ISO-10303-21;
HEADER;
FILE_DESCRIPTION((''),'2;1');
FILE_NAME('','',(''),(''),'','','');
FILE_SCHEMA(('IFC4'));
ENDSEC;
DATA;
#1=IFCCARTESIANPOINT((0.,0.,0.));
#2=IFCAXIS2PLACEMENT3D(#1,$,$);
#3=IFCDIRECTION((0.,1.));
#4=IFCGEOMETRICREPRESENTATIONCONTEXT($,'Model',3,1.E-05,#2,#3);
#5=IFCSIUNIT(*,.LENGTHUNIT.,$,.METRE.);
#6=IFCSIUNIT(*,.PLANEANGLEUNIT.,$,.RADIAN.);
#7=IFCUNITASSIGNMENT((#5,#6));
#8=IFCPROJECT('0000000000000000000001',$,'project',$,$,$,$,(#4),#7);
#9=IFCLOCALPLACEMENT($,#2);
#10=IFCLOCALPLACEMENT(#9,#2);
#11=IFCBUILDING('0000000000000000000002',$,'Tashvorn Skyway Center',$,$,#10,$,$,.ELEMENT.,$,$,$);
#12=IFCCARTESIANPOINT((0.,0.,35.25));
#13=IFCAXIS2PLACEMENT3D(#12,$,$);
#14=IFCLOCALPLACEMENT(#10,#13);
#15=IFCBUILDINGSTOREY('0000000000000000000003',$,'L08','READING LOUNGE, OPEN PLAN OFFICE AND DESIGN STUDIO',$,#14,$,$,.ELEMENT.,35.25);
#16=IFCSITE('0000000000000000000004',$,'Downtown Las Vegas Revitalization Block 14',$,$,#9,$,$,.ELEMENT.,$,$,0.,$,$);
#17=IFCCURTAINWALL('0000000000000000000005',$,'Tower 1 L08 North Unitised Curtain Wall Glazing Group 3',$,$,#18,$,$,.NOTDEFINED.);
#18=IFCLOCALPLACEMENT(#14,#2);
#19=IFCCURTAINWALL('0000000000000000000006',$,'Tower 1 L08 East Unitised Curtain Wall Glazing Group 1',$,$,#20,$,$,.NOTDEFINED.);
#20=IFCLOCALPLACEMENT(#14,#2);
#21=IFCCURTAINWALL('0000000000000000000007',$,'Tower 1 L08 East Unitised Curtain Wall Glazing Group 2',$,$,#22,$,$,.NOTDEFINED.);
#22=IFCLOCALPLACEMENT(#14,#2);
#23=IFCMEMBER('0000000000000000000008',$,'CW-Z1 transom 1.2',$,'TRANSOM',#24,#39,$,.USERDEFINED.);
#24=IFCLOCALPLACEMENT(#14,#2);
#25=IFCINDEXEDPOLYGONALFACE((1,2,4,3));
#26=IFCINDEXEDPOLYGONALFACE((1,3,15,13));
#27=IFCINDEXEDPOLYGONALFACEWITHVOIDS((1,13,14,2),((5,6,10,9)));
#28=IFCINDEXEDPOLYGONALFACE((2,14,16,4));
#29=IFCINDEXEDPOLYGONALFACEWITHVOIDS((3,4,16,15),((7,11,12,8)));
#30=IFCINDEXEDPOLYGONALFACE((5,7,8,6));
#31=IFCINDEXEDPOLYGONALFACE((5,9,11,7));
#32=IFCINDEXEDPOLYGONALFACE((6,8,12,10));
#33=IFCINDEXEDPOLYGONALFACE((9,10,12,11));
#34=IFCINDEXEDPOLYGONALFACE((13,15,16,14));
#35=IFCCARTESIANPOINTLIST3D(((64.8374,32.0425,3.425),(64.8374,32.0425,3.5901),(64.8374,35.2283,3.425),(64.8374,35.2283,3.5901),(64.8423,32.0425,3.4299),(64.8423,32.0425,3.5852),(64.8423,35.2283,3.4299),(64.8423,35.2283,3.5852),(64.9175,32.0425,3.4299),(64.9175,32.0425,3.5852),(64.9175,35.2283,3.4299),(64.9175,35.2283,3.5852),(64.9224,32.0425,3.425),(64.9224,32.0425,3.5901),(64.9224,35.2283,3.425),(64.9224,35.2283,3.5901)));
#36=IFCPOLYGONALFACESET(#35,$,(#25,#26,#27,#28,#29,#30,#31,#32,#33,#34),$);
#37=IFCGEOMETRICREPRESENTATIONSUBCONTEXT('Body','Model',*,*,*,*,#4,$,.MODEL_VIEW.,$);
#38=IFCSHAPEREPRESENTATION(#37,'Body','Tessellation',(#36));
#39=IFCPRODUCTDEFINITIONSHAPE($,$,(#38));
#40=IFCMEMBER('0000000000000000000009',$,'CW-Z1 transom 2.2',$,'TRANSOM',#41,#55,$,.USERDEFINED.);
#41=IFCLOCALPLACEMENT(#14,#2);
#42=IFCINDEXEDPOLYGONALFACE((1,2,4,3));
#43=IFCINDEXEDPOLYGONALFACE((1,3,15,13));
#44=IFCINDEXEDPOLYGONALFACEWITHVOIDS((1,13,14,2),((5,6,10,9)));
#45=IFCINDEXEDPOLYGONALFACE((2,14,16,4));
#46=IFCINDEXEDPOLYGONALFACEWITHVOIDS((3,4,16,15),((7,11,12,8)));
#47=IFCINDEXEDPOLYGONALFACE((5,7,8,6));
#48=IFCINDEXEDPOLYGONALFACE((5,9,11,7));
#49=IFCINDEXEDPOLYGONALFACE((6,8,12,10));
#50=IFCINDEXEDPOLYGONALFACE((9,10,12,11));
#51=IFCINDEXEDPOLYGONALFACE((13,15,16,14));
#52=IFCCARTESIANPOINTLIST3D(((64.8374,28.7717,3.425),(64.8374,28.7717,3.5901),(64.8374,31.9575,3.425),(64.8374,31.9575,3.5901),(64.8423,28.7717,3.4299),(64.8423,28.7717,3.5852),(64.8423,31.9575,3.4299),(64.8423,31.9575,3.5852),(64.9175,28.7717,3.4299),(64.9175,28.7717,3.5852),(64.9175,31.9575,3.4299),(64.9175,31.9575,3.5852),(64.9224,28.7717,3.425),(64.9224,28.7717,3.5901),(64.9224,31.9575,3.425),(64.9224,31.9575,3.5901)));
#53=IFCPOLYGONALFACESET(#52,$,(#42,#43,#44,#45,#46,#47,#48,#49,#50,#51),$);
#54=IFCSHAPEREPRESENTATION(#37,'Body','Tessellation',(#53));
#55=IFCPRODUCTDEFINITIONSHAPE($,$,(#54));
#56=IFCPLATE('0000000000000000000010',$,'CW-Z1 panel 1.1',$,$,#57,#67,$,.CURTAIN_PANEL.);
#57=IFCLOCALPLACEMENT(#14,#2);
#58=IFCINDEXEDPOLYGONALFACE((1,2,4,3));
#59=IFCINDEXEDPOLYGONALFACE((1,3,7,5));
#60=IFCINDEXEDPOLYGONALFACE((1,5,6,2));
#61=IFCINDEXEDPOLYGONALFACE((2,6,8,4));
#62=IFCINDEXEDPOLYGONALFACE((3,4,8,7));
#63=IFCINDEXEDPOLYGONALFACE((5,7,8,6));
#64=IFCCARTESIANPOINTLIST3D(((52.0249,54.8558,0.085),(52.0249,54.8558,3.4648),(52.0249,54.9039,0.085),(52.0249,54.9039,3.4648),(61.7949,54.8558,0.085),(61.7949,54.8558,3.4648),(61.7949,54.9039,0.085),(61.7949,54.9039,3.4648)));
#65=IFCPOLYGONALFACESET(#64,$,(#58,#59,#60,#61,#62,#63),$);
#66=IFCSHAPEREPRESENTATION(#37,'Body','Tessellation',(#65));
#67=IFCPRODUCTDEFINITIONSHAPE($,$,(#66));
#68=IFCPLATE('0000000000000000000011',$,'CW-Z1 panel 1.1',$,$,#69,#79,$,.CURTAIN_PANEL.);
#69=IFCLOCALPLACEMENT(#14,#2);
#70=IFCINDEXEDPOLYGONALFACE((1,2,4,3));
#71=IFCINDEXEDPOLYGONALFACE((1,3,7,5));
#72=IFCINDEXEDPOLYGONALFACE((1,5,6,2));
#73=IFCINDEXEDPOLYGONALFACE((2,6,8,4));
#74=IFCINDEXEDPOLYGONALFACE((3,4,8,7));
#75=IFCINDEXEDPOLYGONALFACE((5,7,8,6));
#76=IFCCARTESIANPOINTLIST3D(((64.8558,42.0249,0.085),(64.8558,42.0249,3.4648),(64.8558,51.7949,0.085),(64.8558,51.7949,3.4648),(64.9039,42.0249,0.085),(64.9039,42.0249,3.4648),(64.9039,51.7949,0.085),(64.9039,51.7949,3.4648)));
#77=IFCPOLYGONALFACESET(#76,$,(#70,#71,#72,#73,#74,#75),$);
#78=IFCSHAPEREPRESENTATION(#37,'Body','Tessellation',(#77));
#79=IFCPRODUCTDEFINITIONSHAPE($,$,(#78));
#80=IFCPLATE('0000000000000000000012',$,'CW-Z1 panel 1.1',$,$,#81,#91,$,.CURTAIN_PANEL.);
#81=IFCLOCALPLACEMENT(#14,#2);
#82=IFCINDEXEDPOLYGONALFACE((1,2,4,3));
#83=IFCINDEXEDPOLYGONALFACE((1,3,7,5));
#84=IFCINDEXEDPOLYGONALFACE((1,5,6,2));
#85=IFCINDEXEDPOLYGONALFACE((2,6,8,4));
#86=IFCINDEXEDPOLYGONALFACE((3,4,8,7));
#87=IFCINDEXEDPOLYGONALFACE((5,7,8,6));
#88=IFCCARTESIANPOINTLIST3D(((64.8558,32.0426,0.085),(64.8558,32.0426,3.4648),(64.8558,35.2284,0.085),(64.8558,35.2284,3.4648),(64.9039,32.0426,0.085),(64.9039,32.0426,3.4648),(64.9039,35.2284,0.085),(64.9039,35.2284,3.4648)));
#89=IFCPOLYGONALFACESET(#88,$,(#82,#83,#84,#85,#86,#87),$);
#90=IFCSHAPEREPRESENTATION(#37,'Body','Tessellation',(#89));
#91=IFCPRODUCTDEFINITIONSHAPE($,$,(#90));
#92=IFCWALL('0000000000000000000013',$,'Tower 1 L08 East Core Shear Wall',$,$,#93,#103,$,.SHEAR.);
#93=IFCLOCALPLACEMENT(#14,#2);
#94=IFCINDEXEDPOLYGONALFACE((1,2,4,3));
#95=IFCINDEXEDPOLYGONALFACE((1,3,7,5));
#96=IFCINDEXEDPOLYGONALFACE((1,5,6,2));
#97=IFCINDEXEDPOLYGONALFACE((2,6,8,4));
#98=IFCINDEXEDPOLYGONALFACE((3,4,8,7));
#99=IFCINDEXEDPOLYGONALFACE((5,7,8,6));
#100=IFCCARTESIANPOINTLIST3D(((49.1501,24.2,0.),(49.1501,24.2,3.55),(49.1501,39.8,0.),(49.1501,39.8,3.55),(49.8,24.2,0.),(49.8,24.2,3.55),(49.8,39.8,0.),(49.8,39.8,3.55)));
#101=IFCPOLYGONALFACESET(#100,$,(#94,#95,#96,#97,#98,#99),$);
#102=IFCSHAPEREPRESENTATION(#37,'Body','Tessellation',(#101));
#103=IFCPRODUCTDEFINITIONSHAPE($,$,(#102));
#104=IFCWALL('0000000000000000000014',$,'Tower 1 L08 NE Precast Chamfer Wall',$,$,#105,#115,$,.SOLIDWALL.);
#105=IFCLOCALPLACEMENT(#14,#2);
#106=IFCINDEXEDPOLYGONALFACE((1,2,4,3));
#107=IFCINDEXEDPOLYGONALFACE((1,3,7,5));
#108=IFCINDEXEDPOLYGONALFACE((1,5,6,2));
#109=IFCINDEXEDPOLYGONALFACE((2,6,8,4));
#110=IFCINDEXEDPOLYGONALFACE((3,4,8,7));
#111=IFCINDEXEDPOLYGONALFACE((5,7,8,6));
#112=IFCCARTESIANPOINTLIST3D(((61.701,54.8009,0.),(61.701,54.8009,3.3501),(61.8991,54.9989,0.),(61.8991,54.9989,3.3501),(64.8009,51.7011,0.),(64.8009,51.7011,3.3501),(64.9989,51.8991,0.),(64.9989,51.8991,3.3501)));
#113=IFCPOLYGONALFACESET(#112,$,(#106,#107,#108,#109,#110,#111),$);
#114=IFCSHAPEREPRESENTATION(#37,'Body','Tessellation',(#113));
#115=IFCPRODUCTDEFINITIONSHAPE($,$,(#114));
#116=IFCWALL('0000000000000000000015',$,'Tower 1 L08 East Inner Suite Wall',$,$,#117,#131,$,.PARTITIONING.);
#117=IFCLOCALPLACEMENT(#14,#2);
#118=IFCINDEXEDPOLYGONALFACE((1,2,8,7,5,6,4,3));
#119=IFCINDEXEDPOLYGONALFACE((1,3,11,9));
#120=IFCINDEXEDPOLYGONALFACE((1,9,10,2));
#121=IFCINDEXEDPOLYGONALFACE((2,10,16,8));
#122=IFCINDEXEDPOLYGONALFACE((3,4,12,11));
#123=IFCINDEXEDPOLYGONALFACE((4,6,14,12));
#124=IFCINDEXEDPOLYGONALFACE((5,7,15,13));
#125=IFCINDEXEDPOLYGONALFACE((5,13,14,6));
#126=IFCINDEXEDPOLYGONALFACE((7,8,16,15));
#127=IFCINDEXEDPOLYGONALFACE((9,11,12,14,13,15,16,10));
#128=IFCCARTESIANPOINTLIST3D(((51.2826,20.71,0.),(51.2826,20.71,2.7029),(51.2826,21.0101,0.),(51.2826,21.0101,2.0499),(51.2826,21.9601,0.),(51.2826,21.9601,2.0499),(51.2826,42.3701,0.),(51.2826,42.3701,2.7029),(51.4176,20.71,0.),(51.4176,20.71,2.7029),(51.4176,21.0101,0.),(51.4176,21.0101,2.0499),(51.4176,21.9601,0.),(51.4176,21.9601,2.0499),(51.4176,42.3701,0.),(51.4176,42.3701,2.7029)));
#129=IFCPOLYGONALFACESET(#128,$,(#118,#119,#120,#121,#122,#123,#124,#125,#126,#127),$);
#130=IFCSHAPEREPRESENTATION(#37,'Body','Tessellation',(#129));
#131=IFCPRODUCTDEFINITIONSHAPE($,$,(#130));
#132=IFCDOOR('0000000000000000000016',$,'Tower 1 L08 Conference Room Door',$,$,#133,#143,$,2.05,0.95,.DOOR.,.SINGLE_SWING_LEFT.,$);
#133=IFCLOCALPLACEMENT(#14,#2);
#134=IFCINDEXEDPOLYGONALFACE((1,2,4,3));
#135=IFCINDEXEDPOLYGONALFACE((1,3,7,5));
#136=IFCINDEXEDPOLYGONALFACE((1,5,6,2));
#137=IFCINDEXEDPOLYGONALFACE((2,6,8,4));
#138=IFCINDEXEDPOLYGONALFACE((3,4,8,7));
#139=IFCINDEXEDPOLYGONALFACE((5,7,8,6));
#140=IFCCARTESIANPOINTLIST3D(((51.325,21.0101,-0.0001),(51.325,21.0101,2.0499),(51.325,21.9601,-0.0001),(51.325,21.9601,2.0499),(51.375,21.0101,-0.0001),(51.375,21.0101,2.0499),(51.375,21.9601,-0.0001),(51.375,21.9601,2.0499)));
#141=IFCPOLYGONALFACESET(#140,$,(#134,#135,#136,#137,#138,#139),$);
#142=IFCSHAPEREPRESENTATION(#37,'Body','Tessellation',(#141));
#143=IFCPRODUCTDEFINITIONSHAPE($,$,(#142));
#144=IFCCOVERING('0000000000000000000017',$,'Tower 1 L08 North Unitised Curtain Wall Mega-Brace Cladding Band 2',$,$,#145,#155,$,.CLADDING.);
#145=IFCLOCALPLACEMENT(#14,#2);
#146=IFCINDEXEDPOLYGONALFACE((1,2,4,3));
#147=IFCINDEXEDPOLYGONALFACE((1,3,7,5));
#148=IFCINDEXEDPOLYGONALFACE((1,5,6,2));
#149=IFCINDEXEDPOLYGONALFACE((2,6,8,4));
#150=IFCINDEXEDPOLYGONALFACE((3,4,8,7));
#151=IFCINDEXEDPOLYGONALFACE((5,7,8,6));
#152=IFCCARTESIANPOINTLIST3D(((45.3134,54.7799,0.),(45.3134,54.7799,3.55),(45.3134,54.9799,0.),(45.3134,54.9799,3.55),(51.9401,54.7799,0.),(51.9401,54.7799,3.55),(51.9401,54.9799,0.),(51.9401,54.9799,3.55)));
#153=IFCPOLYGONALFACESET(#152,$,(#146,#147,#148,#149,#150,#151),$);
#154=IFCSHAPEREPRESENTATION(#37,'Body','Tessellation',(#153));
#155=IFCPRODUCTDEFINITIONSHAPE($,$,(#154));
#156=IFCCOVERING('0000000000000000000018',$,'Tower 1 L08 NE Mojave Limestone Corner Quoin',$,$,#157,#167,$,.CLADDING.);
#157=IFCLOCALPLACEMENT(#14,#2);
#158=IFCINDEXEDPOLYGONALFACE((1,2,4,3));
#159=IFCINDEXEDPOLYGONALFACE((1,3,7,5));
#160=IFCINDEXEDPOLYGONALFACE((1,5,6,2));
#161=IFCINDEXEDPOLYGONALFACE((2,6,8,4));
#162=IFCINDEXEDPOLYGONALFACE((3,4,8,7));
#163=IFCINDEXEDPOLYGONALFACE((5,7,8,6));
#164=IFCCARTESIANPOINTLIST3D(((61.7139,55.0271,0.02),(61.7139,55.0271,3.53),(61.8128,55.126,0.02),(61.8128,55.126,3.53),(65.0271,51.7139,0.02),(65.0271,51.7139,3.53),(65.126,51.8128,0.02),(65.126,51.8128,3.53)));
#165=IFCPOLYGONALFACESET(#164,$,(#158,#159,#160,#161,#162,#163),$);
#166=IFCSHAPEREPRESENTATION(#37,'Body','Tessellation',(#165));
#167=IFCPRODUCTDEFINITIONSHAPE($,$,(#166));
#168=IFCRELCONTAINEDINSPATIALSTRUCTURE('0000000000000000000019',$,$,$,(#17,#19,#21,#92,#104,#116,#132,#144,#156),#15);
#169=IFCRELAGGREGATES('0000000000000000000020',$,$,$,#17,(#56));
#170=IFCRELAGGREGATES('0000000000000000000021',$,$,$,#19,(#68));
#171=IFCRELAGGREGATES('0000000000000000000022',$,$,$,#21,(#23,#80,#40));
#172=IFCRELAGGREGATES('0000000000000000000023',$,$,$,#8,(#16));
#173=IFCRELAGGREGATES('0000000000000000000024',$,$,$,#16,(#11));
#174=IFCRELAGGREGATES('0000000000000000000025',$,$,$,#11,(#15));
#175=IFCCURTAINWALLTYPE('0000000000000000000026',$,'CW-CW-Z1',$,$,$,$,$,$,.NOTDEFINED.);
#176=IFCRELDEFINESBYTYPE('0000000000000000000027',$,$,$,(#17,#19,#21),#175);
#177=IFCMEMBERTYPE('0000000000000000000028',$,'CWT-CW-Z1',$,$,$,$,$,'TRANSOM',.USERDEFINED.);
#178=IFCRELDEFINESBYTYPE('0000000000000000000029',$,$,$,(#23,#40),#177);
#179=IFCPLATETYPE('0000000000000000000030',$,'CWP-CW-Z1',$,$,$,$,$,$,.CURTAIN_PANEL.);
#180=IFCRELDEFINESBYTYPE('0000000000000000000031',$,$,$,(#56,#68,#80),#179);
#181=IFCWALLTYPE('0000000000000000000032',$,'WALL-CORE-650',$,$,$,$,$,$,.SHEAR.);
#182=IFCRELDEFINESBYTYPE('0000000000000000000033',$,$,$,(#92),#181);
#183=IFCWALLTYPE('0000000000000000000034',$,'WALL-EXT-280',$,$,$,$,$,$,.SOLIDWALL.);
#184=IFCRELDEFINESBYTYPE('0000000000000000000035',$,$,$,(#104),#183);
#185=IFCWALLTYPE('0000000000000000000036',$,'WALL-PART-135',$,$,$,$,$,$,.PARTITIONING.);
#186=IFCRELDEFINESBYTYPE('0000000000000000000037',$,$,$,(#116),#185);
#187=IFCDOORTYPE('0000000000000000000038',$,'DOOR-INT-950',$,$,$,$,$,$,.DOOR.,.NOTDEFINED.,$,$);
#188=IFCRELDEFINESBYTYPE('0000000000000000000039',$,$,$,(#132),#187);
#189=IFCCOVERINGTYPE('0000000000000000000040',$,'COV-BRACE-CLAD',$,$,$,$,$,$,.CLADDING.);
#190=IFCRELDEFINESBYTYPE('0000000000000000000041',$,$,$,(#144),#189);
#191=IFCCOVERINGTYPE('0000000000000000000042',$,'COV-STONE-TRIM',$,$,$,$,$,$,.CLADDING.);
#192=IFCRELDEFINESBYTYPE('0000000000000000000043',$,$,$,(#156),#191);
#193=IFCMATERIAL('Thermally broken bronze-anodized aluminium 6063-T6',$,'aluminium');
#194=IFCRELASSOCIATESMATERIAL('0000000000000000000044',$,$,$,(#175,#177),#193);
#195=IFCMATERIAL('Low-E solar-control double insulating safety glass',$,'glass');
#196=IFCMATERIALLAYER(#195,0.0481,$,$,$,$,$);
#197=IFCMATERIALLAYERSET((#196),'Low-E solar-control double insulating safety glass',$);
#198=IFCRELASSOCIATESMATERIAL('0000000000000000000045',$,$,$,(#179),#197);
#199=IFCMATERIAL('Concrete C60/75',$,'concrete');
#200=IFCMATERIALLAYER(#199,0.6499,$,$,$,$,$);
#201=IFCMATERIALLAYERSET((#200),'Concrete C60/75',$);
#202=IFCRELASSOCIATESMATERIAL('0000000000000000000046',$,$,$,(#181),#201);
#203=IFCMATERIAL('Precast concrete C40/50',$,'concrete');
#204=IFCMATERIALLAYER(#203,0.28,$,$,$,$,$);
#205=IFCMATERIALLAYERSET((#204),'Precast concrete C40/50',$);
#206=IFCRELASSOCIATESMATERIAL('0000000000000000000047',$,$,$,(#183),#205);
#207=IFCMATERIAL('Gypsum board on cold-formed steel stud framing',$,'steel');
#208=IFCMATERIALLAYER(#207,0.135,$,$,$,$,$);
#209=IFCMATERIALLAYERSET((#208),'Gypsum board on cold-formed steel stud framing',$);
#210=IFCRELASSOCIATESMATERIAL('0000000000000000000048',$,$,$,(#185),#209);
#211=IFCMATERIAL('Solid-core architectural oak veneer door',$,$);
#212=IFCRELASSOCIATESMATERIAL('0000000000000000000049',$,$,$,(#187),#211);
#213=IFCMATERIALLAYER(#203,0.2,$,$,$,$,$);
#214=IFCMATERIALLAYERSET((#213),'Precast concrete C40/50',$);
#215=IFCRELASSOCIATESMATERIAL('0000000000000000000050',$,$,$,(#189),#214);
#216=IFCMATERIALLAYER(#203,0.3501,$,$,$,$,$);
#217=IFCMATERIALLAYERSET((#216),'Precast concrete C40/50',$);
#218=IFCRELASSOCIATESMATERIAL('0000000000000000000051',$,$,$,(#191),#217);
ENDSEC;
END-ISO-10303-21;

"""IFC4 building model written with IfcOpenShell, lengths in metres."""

from ifc_helpers import new_model, si_unit, direction, frame, frame_2d, origin, origin_2d, place, context, subcontext, project, spatial, rectangle, hollow_rectangle, extrude, material, layer, layer_set, material_profile, profile_set, type_object, element, fill, aggregate, save


model = new_model("IFC4")

# Units and contexts
model_context = context("Model", 3, precision=1e-05, world=origin(), true_north=direction((0.0, 1.0)))
body_context = subcontext(model_context, "Body", "Model", "MODEL_VIEW")
ifc_project = project(units=[si_unit("LENGTHUNIT", "METRE"), si_unit("PLANEANGLEUNIT", "RADIAN")], contexts=[model_context])

# Site, building, storey
site_placement = place(None, origin())
site = spatial("IfcSite", under=ifc_project, at=site_placement, Name="Downtown Las Vegas Revitalization Block 14", CompositionType="ELEMENT", RefElevation=0.0)
building_placement = place(site_placement, origin())
building = spatial("IfcBuilding", under=site, at=building_placement, Name="Tashvorn Skyway Center", CompositionType="ELEMENT")
storey_placement = place(building_placement, frame((0.0, 0.0, 35.25)))
storey = spatial("IfcBuildingStorey", under=building, at=storey_placement, Name="L08", Description="READING LOUNGE, OPEN PLAN OFFICE AND DESIGN STUDIO", CompositionType="ELEMENT", Elevation=35.25)

# Curtain walls
ifc_material_1 = material(Name="Thermally broken bronze-anodized aluminium 6063-T6", Category="aluminium")
curtain_wall_type = type_object("IfcCurtainWallType", Name="CW-CW-Z1", PredefinedType="NOTDEFINED", material=ifc_material_1)
curtain_wall_1_placement = place(storey_placement, origin())
curtain_wall_1 = element("IfcCurtainWall", 1, at=curtain_wall_1_placement, inside=storey, type_object=curtain_wall_type, Name="Tower 1 L08 North Unitised Curtain Wall Glazing Group 3", PredefinedType="NOTDEFINED")
curtain_wall_2_placement = place(storey_placement, origin())
curtain_wall_2 = element("IfcCurtainWall", 2, at=curtain_wall_2_placement, inside=storey, type_object=curtain_wall_type, Name="Tower 1 L08 East Unitised Curtain Wall Glazing Group 1", PredefinedType="NOTDEFINED")
curtain_wall_3_placement = place(storey_placement, origin())
curtain_wall_3 = element("IfcCurtainWall", 3, at=curtain_wall_3_placement, inside=storey, type_object=curtain_wall_type, Name="Tower 1 L08 East Unitised Curtain Wall Glazing Group 2", PredefinedType="NOTDEFINED")

# Members
ifc_material_profile_1 = material_profile(ifc_material_1, hollow_rectangle(XDim=0.085, YDim=0.165, WallThickness=0.0049, at=origin_2d()), Name="ALU-TRAN-85x165")
ifc_profile_set_1 = profile_set([ifc_material_profile_1], Name="Thermally broken bronze-anodized aluminium 6063-T6")
member_type_1 = type_object("IfcMemberType", Name="CWT-CW-Z1", ElementType="TRANSOM", PredefinedType="USERDEFINED", material=ifc_profile_set_1)
member_1_placement = place(storey_placement, frame((64.8799, 35.2283, 3.5076), z_axis=(0.0, -1.0, 0.0), x_axis=(1.0, 0.0, 0.0)))
member_1 = element("IfcMember", 4, at=member_1_placement, type_object=member_type_1, Name="CW-Z1 transom 1.2", ObjectType="TRANSOM", PredefinedType="USERDEFINED", context=body_context, shape_type="SweptSolid", body=[
    extrude(hollow_rectangle(XDim=0.085, YDim=0.165, WallThickness=0.0049, at=origin_2d()), origin(), (0.0, 0.0, 1.0), 3.1858),
])
member_2_placement = place(storey_placement, frame((64.8799, 31.9575, 3.5076), z_axis=(0.0, -1.0, 0.0), x_axis=(1.0, 0.0, 0.0)))
member_2 = element("IfcMember", 5, at=member_2_placement, type_object=member_type_1, Name="CW-Z1 transom 2.2", ObjectType="TRANSOM", PredefinedType="USERDEFINED", context=body_context, shape_type="SweptSolid", body=[
    extrude(hollow_rectangle(XDim=0.085, YDim=0.165, WallThickness=0.0049, at=origin_2d()), origin(), (0.0, 0.0, 1.0), 3.1858),
])

# Plates
ifc_material_2 = material(Name="Low-E solar-control double insulating safety glass", Category="glass")
ifc_layer_1 = layer(ifc_material_2, 0.0481)
ifc_layer_set_1 = layer_set([ifc_layer_1], Name="Low-E solar-control double insulating safety glass")
plate_type = type_object("IfcPlateType", Name="CWP-CW-Z1", PredefinedType="CURTAIN_PANEL", material=ifc_layer_set_1)
plate_1_placement = place(storey_placement, frame((56.9099, 54.8799, 0.085), z_axis=(0.0, 0.0, 1.0), x_axis=(1.0, 0.0, 0.0)))
plate_1 = element("IfcPlate", 6, at=plate_1_placement, type_object=plate_type, Name="CW-Z1 panel 1.1", PredefinedType="CURTAIN_PANEL", context=body_context, shape_type="SweptSolid", body=[
    extrude(rectangle(XDim=9.77, YDim=0.0481, at=origin_2d()), origin(), (0.0, 0.0, 1.0), 3.3799),
])
aggregate(curtain_wall_1, [plate_1])
plate_2_placement = place(storey_placement, frame((64.8799, 46.9099, 0.085), z_axis=(0.0, 0.0, 1.0), x_axis=(0.0, -1.0, 0.0)))
plate_2 = element("IfcPlate", 7, at=plate_2_placement, type_object=plate_type, Name="CW-Z1 panel 1.1", PredefinedType="CURTAIN_PANEL", context=body_context, shape_type="SweptSolid", body=[
    extrude(rectangle(XDim=9.77, YDim=0.0481, at=origin_2d()), origin(), (0.0, 0.0, 1.0), 3.3799),
])
aggregate(curtain_wall_2, [plate_2])
plate_3_placement = place(storey_placement, frame((64.8799, 33.6355, 0.085), z_axis=(0.0, 0.0, 1.0), x_axis=(0.0, -1.0, 0.0)))
plate_3 = element("IfcPlate", 8, at=plate_3_placement, type_object=plate_type, Name="CW-Z1 panel 1.1", PredefinedType="CURTAIN_PANEL", context=body_context, shape_type="SweptSolid", body=[
    extrude(rectangle(XDim=3.1858, YDim=0.0481, at=origin_2d()), origin(), (0.0, 0.0, 1.0), 3.3799),
])
aggregate(curtain_wall_3, [member_1, plate_3, member_2])

# Walls
ifc_material_3 = material(Name="Concrete C60/75", Category="concrete")
ifc_layer_2 = layer(ifc_material_3, 0.6499)
ifc_layer_set_2 = layer_set([ifc_layer_2], Name="Concrete C60/75")
wall_type_1 = type_object("IfcWallType", Name="WALL-CORE-650", PredefinedType="SHEAR", material=ifc_layer_set_2)
wall_1_placement = place(storey_placement, frame((49.4751, 39.8, 0.0), z_axis=(0.0, 0.0, 1.0), x_axis=(0.0, -1.0, 0.0)))
element("IfcWall", 9, at=wall_1_placement, inside=storey, type_object=wall_type_1, Name="Tower 1 L08 East Core Shear Wall", PredefinedType="SHEAR", context=body_context, shape_type="SweptSolid", body=[
    extrude(rectangle(XDim=15.6001, YDim=0.6499, at=frame_2d((7.8, 0.0))), origin(), (0.0, 0.0, 1.0), 3.55),
])
ifc_material_4 = material(Name="Precast concrete C40/50", Category="concrete")
ifc_layer_3 = layer(ifc_material_4, 0.28)
ifc_layer_set_3 = layer_set([ifc_layer_3], Name="Precast concrete C40/50")
wall_type_2 = type_object("IfcWallType", Name="WALL-EXT-280", PredefinedType="SOLIDWALL", material=ifc_layer_set_3)
wall_2_placement = place(storey_placement, frame((61.8, 54.8999, 0.0), z_axis=(0.0, 0.0, 1.0), x_axis=(0.707107, -0.707107, 0.0)))
element("IfcWall", 10, at=wall_2_placement, inside=storey, type_object=wall_type_2, Name="Tower 1 L08 NE Precast Chamfer Wall", PredefinedType="SOLIDWALL", context=body_context, shape_type="SweptSolid", body=[
    extrude(rectangle(XDim=4.3838, YDim=0.28, at=frame_2d((2.1919, 0.0))), origin(), (0.0, 0.0, 1.0), 3.3501),
])

# Wall, opening, door
ifc_material_5 = material(Name="Gypsum board on cold-formed steel stud framing", Category="steel")
ifc_layer_4 = layer(ifc_material_5, 0.135)
ifc_layer_set_4 = layer_set([ifc_layer_4], Name="Gypsum board on cold-formed steel stud framing")
wall_type_3 = type_object("IfcWallType", Name="WALL-PART-135", PredefinedType="PARTITIONING", material=ifc_layer_set_4)
wall_3_placement = place(storey_placement, frame((51.3501, 42.3701, 0.0), z_axis=(0.0, 0.0, 1.0), x_axis=(0.0, -1.0, 0.0)))
wall_3 = element("IfcWall", 11, at=wall_3_placement, inside=storey, type_object=wall_type_3, Name="Tower 1 L08 East Inner Suite Wall", PredefinedType="PARTITIONING", context=body_context, shape_type="SweptSolid", body=[
    extrude(rectangle(XDim=21.6602, YDim=0.135, at=frame_2d((10.8301, 0.0))), origin(), (0.0, 0.0, 1.0), 2.7029),
])
opening_placement = place(wall_3_placement, frame((20.4099, 0.0, 0.0)))
opening = element("IfcOpeningElement", 12, at=opening_placement, cuts=wall_3, PredefinedType="OPENING", context=body_context, shape_type="SweptSolid", body=[
    extrude(rectangle(XDim=0.95, YDim=2.05, at=frame_2d((0.4751, 1.0249))), frame((0.0, 0.0774, 0.0), z_axis=(0.0, -1.0, 0.0), x_axis=(1.0, 0.0, 0.0)), (0.0, 0.0, 1.0), 0.155),
])
ifc_material_6 = material(Name="Solid-core architectural oak veneer door")
door_type = type_object("IfcDoorType", Name="DOOR-INT-950", OperationType="NOTDEFINED", PredefinedType="DOOR", material=ifc_material_6)
door_placement = place(opening_placement, origin())
door = element("IfcDoor", 13, at=door_placement, inside=storey, type_object=door_type, Name="Tower 1 L08 Conference Room Door", OperationType="SINGLE_SWING_LEFT", OverallHeight=2.05, OverallWidth=0.95, PredefinedType="DOOR", context=body_context, shape_type="SweptSolid", body=[
    extrude(rectangle(XDim=0.95, YDim=2.05, at=frame_2d((0.4751, 1.0249))), frame((0.0, 0.0249, 0.0), z_axis=(0.0, -1.0, 0.0), x_axis=(1.0, 0.0, 0.0)), (0.0, 0.0, 1.0), 0.05),
])
fill(opening, door)

# Coverings
ifc_layer_5 = layer(ifc_material_4, 0.2)
ifc_layer_set_5 = layer_set([ifc_layer_5], Name="Precast concrete C40/50")
covering_type_1 = type_object("IfcCoveringType", Name="COV-BRACE-CLAD", PredefinedType="CLADDING", material=ifc_layer_set_5)
covering_1_placement = place(storey_placement, frame((48.6267, 54.8799, 0.0), z_axis=(0.0, 0.0, 1.0), x_axis=(1.0, 0.0, 0.0)))
element("IfcCovering", 14, at=covering_1_placement, inside=storey, type_object=covering_type_1, Name="Tower 1 L08 North Unitised Curtain Wall Mega-Brace Cladding Band 2", PredefinedType="CLADDING", context=body_context, shape_type="SweptSolid", body=[
    extrude(rectangle(XDim=6.6267, YDim=0.2, at=origin_2d()), origin(), (0.0, 0.0, 1.0), 3.55),
])
ifc_layer_6 = layer(ifc_material_4, 0.3501)
ifc_layer_set_6 = layer_set([ifc_layer_6], Name="Precast concrete C40/50")
covering_type_2 = type_object("IfcCoveringType", Name="COV-STONE-TRIM", PredefinedType="CLADDING", material=ifc_layer_set_6)
covering_2_placement = place(storey_placement, frame((63.4199, 53.4199, 0.02), z_axis=(0.0, 0.0, 1.0), x_axis=(0.707107, -0.707107, 0.0)))
element("IfcCovering", 15, at=covering_2_placement, inside=storey, type_object=covering_type_2, Name="Tower 1 L08 NE Mojave Limestone Corner Quoin", PredefinedType="CLADDING", context=body_context, shape_type="SweptSolid", body=[
    extrude(rectangle(XDim=4.6855, YDim=0.1399, at=origin_2d()), origin(), (0.0, 0.0, 1.0), 3.51),
])

save(model, "model.ifc")
